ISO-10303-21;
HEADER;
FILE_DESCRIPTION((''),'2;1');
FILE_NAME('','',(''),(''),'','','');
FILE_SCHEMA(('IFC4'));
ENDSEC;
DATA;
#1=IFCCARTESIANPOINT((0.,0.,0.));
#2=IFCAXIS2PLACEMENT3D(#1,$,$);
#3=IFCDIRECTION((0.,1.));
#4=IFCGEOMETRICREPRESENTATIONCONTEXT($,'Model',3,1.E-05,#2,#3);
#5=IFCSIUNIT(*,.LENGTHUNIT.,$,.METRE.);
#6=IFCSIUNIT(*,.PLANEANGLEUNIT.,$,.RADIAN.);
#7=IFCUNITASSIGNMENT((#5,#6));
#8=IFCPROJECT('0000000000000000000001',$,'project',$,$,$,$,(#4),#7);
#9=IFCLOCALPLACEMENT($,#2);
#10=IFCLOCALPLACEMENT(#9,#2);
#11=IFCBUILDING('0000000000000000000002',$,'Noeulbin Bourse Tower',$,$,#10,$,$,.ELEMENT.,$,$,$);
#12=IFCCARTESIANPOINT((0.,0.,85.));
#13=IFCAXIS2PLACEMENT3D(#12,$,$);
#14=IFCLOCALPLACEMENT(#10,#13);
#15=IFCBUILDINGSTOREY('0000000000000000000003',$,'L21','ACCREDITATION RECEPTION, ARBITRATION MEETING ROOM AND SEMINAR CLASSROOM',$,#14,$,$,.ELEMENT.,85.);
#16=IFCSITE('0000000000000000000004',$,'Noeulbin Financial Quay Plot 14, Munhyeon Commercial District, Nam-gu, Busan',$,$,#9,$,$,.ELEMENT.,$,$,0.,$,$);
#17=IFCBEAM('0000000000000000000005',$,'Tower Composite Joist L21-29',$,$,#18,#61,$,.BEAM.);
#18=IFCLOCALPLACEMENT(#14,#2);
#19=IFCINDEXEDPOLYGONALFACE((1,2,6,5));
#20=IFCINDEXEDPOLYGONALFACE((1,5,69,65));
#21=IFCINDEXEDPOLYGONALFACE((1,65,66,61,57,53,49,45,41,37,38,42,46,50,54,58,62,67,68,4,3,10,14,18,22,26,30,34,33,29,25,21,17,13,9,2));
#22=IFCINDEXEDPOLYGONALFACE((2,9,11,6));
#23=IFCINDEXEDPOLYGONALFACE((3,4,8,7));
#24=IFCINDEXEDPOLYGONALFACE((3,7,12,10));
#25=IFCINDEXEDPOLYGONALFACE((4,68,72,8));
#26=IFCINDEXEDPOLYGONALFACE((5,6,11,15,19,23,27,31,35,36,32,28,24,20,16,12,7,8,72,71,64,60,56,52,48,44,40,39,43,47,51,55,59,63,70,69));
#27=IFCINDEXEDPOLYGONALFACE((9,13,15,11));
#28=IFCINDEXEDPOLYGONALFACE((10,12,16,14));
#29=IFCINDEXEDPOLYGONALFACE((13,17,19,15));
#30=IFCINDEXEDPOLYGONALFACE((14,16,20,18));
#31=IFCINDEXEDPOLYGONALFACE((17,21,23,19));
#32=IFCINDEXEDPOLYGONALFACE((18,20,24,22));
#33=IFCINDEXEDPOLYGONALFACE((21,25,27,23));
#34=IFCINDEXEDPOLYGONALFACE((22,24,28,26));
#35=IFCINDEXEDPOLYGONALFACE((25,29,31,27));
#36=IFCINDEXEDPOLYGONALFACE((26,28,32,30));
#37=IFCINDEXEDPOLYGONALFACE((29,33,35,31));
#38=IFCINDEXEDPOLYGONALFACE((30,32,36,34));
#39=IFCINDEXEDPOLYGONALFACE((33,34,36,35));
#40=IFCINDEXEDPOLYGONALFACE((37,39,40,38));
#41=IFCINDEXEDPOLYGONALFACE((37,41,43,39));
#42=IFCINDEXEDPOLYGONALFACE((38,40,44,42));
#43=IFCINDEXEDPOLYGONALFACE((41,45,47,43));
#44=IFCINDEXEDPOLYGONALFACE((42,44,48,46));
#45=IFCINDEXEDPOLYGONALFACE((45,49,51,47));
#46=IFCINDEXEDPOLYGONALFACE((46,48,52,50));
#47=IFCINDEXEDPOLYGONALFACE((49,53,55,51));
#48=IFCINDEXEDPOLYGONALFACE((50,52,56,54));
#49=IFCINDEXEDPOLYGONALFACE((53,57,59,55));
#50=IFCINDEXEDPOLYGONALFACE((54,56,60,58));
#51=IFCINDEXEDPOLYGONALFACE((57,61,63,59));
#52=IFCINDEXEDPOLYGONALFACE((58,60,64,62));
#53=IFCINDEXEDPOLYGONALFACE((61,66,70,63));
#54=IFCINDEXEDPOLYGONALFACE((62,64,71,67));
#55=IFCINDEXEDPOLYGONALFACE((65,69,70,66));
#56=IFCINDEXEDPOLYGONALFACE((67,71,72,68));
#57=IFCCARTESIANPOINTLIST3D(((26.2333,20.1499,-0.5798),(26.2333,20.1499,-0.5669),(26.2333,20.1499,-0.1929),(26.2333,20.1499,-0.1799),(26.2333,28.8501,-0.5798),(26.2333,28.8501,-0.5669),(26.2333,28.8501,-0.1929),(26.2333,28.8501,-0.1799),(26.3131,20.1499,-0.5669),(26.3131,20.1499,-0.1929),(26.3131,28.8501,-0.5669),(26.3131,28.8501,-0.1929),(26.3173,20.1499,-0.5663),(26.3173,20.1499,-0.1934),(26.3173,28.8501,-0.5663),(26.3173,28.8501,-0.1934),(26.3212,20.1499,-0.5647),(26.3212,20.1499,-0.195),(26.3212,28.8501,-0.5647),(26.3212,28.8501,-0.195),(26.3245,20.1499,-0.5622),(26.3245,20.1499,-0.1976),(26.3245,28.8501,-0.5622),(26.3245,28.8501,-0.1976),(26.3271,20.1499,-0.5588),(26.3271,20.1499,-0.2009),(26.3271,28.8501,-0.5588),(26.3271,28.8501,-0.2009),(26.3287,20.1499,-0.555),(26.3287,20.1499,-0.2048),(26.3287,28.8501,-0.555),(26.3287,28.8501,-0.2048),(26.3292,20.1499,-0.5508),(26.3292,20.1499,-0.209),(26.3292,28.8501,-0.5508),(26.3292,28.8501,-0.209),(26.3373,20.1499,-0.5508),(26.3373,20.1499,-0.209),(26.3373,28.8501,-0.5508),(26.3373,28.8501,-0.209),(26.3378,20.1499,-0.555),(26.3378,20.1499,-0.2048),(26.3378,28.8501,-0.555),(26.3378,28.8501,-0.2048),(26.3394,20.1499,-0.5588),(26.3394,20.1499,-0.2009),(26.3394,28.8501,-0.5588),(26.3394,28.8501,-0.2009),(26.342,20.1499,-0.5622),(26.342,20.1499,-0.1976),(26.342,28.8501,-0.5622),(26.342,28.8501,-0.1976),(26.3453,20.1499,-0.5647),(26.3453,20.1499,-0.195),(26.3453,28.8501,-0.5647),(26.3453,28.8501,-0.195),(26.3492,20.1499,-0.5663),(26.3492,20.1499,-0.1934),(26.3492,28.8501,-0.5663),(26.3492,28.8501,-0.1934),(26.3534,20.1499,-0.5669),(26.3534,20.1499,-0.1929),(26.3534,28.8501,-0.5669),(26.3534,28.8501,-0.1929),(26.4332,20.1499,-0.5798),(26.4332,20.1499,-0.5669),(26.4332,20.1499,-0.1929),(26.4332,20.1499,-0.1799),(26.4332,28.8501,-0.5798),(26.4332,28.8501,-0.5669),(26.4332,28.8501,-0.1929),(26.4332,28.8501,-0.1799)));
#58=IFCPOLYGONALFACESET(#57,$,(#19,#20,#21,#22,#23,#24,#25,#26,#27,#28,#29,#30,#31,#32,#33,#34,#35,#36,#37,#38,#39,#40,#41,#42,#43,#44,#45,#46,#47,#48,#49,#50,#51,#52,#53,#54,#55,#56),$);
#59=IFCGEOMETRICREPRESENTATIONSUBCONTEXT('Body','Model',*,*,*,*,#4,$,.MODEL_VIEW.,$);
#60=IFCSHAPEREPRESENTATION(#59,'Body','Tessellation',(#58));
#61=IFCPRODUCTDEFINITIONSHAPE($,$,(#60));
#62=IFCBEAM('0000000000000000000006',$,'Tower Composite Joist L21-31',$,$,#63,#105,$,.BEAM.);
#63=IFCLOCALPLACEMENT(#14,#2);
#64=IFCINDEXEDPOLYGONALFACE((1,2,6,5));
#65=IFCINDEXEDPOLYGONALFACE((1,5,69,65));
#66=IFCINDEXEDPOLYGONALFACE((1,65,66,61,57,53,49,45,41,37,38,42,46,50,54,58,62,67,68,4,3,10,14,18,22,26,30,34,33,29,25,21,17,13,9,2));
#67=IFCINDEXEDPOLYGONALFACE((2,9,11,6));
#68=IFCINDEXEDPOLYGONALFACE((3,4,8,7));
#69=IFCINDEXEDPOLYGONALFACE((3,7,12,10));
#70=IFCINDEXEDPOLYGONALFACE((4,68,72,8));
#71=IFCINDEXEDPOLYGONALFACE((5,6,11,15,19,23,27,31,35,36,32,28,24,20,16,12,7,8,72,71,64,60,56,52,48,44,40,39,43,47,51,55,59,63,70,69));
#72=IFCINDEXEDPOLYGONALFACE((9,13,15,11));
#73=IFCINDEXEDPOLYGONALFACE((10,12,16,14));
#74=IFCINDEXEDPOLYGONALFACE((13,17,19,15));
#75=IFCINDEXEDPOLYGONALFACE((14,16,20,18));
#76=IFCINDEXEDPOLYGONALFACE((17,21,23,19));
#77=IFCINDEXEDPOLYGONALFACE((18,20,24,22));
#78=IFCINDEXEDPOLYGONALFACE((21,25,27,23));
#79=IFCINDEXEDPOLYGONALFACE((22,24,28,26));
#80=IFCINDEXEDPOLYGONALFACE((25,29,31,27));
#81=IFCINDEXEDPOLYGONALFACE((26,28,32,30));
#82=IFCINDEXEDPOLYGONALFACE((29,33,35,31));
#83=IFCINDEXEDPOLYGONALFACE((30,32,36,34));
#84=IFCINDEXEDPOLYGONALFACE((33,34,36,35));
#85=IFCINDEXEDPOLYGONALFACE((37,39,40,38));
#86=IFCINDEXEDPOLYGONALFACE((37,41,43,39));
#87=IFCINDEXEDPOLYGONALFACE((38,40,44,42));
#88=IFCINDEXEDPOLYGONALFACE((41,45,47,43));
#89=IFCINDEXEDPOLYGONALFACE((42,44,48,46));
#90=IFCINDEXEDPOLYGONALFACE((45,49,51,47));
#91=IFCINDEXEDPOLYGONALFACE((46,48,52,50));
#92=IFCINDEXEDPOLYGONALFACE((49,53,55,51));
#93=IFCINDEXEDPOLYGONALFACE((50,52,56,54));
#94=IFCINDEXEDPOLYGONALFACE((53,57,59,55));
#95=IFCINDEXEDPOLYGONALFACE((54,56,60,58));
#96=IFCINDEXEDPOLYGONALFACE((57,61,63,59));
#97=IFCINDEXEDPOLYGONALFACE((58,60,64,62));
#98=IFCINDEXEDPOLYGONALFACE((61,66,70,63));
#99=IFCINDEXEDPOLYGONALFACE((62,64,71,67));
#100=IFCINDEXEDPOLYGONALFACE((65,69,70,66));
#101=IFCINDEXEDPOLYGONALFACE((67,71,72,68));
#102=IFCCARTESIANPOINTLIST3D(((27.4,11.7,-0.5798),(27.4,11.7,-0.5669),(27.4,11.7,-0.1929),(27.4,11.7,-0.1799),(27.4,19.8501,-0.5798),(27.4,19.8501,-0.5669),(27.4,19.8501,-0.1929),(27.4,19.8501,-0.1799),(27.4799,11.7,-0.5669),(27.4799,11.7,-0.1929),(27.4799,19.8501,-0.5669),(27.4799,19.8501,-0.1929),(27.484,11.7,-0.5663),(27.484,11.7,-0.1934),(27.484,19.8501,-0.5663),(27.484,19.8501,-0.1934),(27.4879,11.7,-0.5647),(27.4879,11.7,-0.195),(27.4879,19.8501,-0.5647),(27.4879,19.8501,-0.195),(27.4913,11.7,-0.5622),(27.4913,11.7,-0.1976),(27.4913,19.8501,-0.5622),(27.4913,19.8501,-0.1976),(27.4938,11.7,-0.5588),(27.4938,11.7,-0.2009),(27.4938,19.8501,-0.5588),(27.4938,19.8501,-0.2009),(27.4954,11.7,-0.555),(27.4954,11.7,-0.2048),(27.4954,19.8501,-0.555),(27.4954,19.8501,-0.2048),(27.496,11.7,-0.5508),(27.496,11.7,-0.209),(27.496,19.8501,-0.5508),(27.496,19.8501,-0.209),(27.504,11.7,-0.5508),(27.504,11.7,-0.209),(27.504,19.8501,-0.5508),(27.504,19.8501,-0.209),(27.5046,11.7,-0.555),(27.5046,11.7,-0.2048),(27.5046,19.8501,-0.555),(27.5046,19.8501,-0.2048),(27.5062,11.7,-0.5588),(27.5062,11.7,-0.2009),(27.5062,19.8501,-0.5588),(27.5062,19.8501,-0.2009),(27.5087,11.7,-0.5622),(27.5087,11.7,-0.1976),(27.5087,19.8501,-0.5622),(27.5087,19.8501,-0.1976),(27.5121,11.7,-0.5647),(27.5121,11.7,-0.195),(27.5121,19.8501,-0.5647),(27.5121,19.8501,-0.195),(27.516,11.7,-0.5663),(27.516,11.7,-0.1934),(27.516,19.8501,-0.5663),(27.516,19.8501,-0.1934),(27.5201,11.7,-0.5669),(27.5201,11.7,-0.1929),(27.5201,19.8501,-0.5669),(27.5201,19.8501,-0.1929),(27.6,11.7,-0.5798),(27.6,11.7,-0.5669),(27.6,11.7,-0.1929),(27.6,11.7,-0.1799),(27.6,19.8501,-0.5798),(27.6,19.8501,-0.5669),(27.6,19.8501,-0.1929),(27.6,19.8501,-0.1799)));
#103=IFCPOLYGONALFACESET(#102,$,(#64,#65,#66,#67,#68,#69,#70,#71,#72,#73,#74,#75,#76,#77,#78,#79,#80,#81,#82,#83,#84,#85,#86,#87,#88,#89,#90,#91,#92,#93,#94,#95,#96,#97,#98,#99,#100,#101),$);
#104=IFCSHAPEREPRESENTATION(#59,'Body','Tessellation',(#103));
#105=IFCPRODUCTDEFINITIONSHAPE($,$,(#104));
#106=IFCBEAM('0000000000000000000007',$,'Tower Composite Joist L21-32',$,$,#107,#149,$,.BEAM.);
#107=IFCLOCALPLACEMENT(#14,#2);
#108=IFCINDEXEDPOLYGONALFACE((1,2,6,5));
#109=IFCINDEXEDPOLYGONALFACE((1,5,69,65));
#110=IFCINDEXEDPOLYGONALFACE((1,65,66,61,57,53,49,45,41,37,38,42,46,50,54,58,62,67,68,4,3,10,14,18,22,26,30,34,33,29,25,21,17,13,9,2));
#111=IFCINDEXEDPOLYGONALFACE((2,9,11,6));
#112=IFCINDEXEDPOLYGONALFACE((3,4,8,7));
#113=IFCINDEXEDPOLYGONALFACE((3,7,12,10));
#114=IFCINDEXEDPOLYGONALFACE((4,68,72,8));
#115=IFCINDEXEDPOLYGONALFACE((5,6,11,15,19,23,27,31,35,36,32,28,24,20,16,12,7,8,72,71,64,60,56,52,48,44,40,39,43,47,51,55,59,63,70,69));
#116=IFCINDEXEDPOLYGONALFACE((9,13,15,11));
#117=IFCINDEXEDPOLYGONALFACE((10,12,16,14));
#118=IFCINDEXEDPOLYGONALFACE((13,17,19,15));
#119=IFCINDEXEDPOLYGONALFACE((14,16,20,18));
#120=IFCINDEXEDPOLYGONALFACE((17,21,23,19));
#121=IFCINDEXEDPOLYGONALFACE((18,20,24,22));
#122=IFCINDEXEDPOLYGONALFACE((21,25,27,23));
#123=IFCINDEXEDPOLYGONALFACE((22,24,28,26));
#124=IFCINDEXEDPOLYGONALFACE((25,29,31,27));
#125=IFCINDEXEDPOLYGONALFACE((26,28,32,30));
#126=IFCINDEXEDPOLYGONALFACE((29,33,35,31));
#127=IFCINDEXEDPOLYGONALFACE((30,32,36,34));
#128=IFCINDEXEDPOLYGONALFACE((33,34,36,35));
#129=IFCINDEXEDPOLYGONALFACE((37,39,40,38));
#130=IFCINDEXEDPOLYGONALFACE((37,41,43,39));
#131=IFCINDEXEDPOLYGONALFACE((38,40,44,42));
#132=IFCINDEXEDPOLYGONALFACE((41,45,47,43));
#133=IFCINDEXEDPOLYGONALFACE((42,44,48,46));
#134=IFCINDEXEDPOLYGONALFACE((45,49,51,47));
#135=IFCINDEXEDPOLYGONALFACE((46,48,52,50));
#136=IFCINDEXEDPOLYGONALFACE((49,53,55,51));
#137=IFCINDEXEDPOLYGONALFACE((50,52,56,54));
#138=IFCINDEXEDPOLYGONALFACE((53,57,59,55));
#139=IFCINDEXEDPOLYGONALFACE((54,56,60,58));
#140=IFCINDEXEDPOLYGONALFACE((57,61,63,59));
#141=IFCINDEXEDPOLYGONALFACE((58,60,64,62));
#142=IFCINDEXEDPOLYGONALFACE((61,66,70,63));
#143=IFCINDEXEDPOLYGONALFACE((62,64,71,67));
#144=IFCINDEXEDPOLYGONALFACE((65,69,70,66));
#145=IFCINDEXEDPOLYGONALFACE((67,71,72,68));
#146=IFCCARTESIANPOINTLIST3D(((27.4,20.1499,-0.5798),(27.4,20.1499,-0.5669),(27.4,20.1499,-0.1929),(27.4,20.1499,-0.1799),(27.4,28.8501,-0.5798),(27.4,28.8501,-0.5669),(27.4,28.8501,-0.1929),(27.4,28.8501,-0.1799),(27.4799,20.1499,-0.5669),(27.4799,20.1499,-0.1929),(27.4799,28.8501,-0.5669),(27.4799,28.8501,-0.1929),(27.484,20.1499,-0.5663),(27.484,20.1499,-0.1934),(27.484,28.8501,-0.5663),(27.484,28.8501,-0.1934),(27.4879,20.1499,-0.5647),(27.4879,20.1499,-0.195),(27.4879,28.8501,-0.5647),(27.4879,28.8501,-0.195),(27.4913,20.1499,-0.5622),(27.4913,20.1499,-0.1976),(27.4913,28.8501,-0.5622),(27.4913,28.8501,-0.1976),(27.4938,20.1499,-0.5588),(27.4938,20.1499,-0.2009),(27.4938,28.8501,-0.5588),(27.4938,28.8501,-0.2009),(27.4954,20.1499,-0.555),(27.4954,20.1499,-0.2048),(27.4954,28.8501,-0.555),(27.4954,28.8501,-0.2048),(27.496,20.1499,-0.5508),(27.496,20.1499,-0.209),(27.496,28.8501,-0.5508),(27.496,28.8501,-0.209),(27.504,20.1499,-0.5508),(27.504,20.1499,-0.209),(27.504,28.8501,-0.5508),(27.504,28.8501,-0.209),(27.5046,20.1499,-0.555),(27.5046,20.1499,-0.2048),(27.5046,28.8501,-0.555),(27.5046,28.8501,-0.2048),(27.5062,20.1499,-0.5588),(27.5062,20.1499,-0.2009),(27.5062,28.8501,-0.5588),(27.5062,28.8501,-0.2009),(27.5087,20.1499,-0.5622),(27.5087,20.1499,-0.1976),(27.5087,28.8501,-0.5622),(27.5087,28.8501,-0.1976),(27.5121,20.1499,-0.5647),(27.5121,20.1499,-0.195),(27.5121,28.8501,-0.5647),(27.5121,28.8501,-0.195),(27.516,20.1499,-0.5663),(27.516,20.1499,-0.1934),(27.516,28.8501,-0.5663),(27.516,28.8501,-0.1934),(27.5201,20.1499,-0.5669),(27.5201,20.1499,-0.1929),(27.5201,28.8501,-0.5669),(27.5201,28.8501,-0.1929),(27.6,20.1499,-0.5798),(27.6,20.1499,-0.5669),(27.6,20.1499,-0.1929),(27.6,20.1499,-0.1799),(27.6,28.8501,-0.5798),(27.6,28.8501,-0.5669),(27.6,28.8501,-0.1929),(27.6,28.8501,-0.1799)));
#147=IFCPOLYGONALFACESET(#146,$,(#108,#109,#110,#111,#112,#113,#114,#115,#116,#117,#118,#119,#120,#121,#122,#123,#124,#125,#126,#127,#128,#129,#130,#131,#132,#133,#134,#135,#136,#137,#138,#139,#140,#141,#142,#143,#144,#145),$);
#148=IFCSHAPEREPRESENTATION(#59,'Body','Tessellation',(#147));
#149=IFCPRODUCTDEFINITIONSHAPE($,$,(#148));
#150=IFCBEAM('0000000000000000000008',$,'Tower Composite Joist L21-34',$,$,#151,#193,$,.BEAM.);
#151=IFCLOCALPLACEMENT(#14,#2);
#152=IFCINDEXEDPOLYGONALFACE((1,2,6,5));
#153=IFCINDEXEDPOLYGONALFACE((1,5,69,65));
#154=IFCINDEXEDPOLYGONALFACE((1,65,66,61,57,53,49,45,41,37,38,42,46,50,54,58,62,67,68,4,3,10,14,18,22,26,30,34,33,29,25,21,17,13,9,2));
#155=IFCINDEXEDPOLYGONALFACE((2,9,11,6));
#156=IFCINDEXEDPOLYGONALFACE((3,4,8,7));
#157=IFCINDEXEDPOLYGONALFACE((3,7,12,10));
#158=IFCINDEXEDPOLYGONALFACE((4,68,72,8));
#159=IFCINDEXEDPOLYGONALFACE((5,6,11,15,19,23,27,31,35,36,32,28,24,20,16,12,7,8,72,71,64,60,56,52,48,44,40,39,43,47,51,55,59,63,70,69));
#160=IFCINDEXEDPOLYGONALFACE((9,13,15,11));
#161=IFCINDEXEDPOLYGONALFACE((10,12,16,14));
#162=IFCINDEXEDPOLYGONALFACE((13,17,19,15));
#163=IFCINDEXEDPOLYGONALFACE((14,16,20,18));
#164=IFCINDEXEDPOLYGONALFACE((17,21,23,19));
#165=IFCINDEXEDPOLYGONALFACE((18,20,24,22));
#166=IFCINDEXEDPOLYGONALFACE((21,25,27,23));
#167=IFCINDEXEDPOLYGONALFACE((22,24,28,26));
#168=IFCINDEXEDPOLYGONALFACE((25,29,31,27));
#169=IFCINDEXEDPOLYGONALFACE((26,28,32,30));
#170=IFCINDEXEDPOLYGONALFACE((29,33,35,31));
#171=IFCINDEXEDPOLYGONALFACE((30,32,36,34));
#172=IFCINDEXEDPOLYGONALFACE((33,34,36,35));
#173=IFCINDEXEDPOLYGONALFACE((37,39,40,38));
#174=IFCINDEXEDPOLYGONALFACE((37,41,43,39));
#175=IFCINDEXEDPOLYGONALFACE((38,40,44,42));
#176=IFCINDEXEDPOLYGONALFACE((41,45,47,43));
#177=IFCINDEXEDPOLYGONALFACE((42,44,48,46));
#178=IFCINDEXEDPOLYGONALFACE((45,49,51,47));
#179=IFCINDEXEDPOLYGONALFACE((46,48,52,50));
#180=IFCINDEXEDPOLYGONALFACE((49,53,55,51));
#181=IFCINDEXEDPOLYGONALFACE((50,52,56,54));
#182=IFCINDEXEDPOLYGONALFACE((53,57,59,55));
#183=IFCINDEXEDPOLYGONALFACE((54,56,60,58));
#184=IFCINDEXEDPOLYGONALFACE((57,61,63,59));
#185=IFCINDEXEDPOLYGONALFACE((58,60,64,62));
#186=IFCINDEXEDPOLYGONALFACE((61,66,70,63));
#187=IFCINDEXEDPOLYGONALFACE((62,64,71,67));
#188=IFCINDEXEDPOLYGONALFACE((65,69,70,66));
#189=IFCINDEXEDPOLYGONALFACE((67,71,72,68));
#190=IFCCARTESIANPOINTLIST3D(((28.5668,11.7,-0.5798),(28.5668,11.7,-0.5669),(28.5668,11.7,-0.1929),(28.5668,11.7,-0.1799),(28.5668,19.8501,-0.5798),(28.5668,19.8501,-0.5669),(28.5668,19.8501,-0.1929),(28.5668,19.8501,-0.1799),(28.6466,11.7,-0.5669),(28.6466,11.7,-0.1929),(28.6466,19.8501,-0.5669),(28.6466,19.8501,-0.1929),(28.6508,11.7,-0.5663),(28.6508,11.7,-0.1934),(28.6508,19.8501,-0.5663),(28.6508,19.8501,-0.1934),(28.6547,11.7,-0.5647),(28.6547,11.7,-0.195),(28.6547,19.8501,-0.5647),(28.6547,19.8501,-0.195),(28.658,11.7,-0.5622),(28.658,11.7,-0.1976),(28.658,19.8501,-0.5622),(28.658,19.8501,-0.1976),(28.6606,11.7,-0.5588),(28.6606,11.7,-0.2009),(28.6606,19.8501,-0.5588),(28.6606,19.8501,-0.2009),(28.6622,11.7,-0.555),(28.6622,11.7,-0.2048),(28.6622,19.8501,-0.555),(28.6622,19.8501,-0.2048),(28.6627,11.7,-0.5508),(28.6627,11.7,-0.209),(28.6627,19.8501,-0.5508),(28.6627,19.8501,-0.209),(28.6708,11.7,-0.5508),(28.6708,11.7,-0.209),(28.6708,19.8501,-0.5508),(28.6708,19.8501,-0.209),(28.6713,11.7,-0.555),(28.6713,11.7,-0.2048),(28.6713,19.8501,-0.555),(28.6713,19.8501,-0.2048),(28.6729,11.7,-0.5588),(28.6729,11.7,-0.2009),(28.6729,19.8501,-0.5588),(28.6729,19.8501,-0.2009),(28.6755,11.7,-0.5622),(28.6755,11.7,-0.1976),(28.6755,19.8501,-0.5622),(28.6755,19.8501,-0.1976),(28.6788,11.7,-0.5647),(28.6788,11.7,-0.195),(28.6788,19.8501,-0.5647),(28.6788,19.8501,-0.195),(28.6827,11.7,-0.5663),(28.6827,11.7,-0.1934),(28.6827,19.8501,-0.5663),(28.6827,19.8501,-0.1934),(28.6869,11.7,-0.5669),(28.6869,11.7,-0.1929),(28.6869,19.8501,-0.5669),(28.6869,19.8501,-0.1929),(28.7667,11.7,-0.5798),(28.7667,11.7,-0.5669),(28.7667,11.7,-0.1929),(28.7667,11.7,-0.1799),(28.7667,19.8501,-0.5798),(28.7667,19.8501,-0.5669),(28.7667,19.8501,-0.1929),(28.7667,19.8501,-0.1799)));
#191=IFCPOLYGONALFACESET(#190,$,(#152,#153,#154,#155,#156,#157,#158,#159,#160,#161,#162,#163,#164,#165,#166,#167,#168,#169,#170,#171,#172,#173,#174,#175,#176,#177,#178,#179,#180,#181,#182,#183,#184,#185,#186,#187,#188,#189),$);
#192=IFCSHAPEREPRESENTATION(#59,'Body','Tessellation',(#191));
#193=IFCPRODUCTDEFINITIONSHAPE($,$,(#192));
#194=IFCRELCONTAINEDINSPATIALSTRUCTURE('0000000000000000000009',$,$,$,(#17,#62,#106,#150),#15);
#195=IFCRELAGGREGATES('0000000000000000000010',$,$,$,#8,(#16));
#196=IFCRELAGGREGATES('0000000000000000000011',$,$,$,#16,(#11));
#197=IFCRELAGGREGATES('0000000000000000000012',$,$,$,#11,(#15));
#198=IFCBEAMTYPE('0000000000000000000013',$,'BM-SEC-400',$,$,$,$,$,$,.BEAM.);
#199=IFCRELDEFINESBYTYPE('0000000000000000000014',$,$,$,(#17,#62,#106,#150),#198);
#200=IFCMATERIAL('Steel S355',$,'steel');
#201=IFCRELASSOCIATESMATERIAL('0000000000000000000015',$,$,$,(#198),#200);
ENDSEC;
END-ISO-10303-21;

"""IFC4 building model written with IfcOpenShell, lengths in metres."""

from ifc_helpers import new_model, si_unit, direction, frame, origin, origin_2d, place, context, subcontext, project, spatial, i_section, extrude, material, material_profile, profile_set, type_object, element, save


model = new_model("IFC4")

# Units and contexts
model_context = context("Model", 3, precision=1e-05, world=origin(), true_north=direction((0.0, 1.0)))
body_context = subcontext(model_context, "Body", "Model", "MODEL_VIEW")
ifc_project = project(units=[si_unit("LENGTHUNIT", "METRE"), si_unit("PLANEANGLEUNIT", "RADIAN")], contexts=[model_context])

# Site, building, storey
site_placement = place(None, origin())
site = spatial("IfcSite", under=ifc_project, at=site_placement, Name="Noeulbin Financial Quay Plot 14, Munhyeon Commercial District, Nam-gu, Busan", CompositionType="ELEMENT", RefElevation=0.0)
building_placement = place(site_placement, origin())
building = spatial("IfcBuilding", under=site, at=building_placement, Name="Noeulbin Bourse Tower", CompositionType="ELEMENT")
storey_placement = place(building_placement, frame((0.0, 0.0, 85.0)))
storey = spatial("IfcBuildingStorey", under=building, at=storey_placement, Name="L21", Description="ACCREDITATION RECEPTION, ARBITRATION MEETING ROOM AND SEMINAR CLASSROOM", CompositionType="ELEMENT", Elevation=85.0)

# Beams
ifc_material_1 = material(Name="Steel S355", Category="steel")
ifc_material_profile_1 = material_profile(ifc_material_1, i_section(OverallWidth=0.2, OverallDepth=0.3999, WebThickness=0.0081, FlangeThickness=0.0129, FilletRadius=0.0161, at=origin_2d()), Name="H-400x200x8x13", Category="LoadBearing")
ifc_profile_set_1 = profile_set([ifc_material_profile_1], Name="Steel S355")
beam_type_1 = type_object("IfcBeamType", Name="BM-SEC-400", PredefinedType="BEAM", material=ifc_profile_set_1)
beam_1_placement = place(storey_placement, frame((26.3333, 20.1499, -0.3799), z_axis=(0.0, 1.0, 0.0), x_axis=(-1.0, 0.0, 0.0)))
element("IfcBeam", 1, at=beam_1_placement, inside=storey, type_object=beam_type_1, Name="Tower Composite Joist L21-29", PredefinedType="BEAM", context=body_context, shape_type="SweptSolid", body=[
    extrude(i_section(OverallWidth=0.2, OverallDepth=0.3999, WebThickness=0.0081, FlangeThickness=0.0129, FilletRadius=0.0161, at=origin_2d()), origin(), (0.0, 0.0, 1.0), 8.7002),
])
beam_2_placement = place(storey_placement, frame((27.5, 11.7, -0.3799), z_axis=(0.0, 1.0, 0.0), x_axis=(-1.0, 0.0, 0.0)))
element("IfcBeam", 2, at=beam_2_placement, inside=storey, type_object=beam_type_1, Name="Tower Composite Joist L21-31", PredefinedType="BEAM", context=body_context, shape_type="SweptSolid", body=[
    extrude(i_section(OverallWidth=0.2, OverallDepth=0.3999, WebThickness=0.0081, FlangeThickness=0.0129, FilletRadius=0.0161, at=origin_2d()), origin(), (0.0, 0.0, 1.0), 8.1501),
])
beam_3_placement = place(storey_placement, frame((27.5, 20.1499, -0.3799), z_axis=(0.0, 1.0, 0.0), x_axis=(-1.0, 0.0, 0.0)))
element("IfcBeam", 3, at=beam_3_placement, inside=storey, type_object=beam_type_1, Name="Tower Composite Joist L21-32", PredefinedType="BEAM", context=body_context, shape_type="SweptSolid", body=[
    extrude(i_section(OverallWidth=0.2, OverallDepth=0.3999, WebThickness=0.0081, FlangeThickness=0.0129, FilletRadius=0.0161, at=origin_2d()), origin(), (0.0, 0.0, 1.0), 8.7002),
])
beam_4_placement = place(storey_placement, frame((28.6667, 11.7, -0.3799), z_axis=(0.0, 1.0, 0.0), x_axis=(-1.0, 0.0, 0.0)))
element("IfcBeam", 4, at=beam_4_placement, inside=storey, type_object=beam_type_1, Name="Tower Composite Joist L21-34", PredefinedType="BEAM", context=body_context, shape_type="SweptSolid", body=[
    extrude(i_section(OverallWidth=0.2, OverallDepth=0.3999, WebThickness=0.0081, FlangeThickness=0.0129, FilletRadius=0.0161, at=origin_2d()), origin(), (0.0, 0.0, 1.0), 8.1501),
])

save(model, "model.ifc")
